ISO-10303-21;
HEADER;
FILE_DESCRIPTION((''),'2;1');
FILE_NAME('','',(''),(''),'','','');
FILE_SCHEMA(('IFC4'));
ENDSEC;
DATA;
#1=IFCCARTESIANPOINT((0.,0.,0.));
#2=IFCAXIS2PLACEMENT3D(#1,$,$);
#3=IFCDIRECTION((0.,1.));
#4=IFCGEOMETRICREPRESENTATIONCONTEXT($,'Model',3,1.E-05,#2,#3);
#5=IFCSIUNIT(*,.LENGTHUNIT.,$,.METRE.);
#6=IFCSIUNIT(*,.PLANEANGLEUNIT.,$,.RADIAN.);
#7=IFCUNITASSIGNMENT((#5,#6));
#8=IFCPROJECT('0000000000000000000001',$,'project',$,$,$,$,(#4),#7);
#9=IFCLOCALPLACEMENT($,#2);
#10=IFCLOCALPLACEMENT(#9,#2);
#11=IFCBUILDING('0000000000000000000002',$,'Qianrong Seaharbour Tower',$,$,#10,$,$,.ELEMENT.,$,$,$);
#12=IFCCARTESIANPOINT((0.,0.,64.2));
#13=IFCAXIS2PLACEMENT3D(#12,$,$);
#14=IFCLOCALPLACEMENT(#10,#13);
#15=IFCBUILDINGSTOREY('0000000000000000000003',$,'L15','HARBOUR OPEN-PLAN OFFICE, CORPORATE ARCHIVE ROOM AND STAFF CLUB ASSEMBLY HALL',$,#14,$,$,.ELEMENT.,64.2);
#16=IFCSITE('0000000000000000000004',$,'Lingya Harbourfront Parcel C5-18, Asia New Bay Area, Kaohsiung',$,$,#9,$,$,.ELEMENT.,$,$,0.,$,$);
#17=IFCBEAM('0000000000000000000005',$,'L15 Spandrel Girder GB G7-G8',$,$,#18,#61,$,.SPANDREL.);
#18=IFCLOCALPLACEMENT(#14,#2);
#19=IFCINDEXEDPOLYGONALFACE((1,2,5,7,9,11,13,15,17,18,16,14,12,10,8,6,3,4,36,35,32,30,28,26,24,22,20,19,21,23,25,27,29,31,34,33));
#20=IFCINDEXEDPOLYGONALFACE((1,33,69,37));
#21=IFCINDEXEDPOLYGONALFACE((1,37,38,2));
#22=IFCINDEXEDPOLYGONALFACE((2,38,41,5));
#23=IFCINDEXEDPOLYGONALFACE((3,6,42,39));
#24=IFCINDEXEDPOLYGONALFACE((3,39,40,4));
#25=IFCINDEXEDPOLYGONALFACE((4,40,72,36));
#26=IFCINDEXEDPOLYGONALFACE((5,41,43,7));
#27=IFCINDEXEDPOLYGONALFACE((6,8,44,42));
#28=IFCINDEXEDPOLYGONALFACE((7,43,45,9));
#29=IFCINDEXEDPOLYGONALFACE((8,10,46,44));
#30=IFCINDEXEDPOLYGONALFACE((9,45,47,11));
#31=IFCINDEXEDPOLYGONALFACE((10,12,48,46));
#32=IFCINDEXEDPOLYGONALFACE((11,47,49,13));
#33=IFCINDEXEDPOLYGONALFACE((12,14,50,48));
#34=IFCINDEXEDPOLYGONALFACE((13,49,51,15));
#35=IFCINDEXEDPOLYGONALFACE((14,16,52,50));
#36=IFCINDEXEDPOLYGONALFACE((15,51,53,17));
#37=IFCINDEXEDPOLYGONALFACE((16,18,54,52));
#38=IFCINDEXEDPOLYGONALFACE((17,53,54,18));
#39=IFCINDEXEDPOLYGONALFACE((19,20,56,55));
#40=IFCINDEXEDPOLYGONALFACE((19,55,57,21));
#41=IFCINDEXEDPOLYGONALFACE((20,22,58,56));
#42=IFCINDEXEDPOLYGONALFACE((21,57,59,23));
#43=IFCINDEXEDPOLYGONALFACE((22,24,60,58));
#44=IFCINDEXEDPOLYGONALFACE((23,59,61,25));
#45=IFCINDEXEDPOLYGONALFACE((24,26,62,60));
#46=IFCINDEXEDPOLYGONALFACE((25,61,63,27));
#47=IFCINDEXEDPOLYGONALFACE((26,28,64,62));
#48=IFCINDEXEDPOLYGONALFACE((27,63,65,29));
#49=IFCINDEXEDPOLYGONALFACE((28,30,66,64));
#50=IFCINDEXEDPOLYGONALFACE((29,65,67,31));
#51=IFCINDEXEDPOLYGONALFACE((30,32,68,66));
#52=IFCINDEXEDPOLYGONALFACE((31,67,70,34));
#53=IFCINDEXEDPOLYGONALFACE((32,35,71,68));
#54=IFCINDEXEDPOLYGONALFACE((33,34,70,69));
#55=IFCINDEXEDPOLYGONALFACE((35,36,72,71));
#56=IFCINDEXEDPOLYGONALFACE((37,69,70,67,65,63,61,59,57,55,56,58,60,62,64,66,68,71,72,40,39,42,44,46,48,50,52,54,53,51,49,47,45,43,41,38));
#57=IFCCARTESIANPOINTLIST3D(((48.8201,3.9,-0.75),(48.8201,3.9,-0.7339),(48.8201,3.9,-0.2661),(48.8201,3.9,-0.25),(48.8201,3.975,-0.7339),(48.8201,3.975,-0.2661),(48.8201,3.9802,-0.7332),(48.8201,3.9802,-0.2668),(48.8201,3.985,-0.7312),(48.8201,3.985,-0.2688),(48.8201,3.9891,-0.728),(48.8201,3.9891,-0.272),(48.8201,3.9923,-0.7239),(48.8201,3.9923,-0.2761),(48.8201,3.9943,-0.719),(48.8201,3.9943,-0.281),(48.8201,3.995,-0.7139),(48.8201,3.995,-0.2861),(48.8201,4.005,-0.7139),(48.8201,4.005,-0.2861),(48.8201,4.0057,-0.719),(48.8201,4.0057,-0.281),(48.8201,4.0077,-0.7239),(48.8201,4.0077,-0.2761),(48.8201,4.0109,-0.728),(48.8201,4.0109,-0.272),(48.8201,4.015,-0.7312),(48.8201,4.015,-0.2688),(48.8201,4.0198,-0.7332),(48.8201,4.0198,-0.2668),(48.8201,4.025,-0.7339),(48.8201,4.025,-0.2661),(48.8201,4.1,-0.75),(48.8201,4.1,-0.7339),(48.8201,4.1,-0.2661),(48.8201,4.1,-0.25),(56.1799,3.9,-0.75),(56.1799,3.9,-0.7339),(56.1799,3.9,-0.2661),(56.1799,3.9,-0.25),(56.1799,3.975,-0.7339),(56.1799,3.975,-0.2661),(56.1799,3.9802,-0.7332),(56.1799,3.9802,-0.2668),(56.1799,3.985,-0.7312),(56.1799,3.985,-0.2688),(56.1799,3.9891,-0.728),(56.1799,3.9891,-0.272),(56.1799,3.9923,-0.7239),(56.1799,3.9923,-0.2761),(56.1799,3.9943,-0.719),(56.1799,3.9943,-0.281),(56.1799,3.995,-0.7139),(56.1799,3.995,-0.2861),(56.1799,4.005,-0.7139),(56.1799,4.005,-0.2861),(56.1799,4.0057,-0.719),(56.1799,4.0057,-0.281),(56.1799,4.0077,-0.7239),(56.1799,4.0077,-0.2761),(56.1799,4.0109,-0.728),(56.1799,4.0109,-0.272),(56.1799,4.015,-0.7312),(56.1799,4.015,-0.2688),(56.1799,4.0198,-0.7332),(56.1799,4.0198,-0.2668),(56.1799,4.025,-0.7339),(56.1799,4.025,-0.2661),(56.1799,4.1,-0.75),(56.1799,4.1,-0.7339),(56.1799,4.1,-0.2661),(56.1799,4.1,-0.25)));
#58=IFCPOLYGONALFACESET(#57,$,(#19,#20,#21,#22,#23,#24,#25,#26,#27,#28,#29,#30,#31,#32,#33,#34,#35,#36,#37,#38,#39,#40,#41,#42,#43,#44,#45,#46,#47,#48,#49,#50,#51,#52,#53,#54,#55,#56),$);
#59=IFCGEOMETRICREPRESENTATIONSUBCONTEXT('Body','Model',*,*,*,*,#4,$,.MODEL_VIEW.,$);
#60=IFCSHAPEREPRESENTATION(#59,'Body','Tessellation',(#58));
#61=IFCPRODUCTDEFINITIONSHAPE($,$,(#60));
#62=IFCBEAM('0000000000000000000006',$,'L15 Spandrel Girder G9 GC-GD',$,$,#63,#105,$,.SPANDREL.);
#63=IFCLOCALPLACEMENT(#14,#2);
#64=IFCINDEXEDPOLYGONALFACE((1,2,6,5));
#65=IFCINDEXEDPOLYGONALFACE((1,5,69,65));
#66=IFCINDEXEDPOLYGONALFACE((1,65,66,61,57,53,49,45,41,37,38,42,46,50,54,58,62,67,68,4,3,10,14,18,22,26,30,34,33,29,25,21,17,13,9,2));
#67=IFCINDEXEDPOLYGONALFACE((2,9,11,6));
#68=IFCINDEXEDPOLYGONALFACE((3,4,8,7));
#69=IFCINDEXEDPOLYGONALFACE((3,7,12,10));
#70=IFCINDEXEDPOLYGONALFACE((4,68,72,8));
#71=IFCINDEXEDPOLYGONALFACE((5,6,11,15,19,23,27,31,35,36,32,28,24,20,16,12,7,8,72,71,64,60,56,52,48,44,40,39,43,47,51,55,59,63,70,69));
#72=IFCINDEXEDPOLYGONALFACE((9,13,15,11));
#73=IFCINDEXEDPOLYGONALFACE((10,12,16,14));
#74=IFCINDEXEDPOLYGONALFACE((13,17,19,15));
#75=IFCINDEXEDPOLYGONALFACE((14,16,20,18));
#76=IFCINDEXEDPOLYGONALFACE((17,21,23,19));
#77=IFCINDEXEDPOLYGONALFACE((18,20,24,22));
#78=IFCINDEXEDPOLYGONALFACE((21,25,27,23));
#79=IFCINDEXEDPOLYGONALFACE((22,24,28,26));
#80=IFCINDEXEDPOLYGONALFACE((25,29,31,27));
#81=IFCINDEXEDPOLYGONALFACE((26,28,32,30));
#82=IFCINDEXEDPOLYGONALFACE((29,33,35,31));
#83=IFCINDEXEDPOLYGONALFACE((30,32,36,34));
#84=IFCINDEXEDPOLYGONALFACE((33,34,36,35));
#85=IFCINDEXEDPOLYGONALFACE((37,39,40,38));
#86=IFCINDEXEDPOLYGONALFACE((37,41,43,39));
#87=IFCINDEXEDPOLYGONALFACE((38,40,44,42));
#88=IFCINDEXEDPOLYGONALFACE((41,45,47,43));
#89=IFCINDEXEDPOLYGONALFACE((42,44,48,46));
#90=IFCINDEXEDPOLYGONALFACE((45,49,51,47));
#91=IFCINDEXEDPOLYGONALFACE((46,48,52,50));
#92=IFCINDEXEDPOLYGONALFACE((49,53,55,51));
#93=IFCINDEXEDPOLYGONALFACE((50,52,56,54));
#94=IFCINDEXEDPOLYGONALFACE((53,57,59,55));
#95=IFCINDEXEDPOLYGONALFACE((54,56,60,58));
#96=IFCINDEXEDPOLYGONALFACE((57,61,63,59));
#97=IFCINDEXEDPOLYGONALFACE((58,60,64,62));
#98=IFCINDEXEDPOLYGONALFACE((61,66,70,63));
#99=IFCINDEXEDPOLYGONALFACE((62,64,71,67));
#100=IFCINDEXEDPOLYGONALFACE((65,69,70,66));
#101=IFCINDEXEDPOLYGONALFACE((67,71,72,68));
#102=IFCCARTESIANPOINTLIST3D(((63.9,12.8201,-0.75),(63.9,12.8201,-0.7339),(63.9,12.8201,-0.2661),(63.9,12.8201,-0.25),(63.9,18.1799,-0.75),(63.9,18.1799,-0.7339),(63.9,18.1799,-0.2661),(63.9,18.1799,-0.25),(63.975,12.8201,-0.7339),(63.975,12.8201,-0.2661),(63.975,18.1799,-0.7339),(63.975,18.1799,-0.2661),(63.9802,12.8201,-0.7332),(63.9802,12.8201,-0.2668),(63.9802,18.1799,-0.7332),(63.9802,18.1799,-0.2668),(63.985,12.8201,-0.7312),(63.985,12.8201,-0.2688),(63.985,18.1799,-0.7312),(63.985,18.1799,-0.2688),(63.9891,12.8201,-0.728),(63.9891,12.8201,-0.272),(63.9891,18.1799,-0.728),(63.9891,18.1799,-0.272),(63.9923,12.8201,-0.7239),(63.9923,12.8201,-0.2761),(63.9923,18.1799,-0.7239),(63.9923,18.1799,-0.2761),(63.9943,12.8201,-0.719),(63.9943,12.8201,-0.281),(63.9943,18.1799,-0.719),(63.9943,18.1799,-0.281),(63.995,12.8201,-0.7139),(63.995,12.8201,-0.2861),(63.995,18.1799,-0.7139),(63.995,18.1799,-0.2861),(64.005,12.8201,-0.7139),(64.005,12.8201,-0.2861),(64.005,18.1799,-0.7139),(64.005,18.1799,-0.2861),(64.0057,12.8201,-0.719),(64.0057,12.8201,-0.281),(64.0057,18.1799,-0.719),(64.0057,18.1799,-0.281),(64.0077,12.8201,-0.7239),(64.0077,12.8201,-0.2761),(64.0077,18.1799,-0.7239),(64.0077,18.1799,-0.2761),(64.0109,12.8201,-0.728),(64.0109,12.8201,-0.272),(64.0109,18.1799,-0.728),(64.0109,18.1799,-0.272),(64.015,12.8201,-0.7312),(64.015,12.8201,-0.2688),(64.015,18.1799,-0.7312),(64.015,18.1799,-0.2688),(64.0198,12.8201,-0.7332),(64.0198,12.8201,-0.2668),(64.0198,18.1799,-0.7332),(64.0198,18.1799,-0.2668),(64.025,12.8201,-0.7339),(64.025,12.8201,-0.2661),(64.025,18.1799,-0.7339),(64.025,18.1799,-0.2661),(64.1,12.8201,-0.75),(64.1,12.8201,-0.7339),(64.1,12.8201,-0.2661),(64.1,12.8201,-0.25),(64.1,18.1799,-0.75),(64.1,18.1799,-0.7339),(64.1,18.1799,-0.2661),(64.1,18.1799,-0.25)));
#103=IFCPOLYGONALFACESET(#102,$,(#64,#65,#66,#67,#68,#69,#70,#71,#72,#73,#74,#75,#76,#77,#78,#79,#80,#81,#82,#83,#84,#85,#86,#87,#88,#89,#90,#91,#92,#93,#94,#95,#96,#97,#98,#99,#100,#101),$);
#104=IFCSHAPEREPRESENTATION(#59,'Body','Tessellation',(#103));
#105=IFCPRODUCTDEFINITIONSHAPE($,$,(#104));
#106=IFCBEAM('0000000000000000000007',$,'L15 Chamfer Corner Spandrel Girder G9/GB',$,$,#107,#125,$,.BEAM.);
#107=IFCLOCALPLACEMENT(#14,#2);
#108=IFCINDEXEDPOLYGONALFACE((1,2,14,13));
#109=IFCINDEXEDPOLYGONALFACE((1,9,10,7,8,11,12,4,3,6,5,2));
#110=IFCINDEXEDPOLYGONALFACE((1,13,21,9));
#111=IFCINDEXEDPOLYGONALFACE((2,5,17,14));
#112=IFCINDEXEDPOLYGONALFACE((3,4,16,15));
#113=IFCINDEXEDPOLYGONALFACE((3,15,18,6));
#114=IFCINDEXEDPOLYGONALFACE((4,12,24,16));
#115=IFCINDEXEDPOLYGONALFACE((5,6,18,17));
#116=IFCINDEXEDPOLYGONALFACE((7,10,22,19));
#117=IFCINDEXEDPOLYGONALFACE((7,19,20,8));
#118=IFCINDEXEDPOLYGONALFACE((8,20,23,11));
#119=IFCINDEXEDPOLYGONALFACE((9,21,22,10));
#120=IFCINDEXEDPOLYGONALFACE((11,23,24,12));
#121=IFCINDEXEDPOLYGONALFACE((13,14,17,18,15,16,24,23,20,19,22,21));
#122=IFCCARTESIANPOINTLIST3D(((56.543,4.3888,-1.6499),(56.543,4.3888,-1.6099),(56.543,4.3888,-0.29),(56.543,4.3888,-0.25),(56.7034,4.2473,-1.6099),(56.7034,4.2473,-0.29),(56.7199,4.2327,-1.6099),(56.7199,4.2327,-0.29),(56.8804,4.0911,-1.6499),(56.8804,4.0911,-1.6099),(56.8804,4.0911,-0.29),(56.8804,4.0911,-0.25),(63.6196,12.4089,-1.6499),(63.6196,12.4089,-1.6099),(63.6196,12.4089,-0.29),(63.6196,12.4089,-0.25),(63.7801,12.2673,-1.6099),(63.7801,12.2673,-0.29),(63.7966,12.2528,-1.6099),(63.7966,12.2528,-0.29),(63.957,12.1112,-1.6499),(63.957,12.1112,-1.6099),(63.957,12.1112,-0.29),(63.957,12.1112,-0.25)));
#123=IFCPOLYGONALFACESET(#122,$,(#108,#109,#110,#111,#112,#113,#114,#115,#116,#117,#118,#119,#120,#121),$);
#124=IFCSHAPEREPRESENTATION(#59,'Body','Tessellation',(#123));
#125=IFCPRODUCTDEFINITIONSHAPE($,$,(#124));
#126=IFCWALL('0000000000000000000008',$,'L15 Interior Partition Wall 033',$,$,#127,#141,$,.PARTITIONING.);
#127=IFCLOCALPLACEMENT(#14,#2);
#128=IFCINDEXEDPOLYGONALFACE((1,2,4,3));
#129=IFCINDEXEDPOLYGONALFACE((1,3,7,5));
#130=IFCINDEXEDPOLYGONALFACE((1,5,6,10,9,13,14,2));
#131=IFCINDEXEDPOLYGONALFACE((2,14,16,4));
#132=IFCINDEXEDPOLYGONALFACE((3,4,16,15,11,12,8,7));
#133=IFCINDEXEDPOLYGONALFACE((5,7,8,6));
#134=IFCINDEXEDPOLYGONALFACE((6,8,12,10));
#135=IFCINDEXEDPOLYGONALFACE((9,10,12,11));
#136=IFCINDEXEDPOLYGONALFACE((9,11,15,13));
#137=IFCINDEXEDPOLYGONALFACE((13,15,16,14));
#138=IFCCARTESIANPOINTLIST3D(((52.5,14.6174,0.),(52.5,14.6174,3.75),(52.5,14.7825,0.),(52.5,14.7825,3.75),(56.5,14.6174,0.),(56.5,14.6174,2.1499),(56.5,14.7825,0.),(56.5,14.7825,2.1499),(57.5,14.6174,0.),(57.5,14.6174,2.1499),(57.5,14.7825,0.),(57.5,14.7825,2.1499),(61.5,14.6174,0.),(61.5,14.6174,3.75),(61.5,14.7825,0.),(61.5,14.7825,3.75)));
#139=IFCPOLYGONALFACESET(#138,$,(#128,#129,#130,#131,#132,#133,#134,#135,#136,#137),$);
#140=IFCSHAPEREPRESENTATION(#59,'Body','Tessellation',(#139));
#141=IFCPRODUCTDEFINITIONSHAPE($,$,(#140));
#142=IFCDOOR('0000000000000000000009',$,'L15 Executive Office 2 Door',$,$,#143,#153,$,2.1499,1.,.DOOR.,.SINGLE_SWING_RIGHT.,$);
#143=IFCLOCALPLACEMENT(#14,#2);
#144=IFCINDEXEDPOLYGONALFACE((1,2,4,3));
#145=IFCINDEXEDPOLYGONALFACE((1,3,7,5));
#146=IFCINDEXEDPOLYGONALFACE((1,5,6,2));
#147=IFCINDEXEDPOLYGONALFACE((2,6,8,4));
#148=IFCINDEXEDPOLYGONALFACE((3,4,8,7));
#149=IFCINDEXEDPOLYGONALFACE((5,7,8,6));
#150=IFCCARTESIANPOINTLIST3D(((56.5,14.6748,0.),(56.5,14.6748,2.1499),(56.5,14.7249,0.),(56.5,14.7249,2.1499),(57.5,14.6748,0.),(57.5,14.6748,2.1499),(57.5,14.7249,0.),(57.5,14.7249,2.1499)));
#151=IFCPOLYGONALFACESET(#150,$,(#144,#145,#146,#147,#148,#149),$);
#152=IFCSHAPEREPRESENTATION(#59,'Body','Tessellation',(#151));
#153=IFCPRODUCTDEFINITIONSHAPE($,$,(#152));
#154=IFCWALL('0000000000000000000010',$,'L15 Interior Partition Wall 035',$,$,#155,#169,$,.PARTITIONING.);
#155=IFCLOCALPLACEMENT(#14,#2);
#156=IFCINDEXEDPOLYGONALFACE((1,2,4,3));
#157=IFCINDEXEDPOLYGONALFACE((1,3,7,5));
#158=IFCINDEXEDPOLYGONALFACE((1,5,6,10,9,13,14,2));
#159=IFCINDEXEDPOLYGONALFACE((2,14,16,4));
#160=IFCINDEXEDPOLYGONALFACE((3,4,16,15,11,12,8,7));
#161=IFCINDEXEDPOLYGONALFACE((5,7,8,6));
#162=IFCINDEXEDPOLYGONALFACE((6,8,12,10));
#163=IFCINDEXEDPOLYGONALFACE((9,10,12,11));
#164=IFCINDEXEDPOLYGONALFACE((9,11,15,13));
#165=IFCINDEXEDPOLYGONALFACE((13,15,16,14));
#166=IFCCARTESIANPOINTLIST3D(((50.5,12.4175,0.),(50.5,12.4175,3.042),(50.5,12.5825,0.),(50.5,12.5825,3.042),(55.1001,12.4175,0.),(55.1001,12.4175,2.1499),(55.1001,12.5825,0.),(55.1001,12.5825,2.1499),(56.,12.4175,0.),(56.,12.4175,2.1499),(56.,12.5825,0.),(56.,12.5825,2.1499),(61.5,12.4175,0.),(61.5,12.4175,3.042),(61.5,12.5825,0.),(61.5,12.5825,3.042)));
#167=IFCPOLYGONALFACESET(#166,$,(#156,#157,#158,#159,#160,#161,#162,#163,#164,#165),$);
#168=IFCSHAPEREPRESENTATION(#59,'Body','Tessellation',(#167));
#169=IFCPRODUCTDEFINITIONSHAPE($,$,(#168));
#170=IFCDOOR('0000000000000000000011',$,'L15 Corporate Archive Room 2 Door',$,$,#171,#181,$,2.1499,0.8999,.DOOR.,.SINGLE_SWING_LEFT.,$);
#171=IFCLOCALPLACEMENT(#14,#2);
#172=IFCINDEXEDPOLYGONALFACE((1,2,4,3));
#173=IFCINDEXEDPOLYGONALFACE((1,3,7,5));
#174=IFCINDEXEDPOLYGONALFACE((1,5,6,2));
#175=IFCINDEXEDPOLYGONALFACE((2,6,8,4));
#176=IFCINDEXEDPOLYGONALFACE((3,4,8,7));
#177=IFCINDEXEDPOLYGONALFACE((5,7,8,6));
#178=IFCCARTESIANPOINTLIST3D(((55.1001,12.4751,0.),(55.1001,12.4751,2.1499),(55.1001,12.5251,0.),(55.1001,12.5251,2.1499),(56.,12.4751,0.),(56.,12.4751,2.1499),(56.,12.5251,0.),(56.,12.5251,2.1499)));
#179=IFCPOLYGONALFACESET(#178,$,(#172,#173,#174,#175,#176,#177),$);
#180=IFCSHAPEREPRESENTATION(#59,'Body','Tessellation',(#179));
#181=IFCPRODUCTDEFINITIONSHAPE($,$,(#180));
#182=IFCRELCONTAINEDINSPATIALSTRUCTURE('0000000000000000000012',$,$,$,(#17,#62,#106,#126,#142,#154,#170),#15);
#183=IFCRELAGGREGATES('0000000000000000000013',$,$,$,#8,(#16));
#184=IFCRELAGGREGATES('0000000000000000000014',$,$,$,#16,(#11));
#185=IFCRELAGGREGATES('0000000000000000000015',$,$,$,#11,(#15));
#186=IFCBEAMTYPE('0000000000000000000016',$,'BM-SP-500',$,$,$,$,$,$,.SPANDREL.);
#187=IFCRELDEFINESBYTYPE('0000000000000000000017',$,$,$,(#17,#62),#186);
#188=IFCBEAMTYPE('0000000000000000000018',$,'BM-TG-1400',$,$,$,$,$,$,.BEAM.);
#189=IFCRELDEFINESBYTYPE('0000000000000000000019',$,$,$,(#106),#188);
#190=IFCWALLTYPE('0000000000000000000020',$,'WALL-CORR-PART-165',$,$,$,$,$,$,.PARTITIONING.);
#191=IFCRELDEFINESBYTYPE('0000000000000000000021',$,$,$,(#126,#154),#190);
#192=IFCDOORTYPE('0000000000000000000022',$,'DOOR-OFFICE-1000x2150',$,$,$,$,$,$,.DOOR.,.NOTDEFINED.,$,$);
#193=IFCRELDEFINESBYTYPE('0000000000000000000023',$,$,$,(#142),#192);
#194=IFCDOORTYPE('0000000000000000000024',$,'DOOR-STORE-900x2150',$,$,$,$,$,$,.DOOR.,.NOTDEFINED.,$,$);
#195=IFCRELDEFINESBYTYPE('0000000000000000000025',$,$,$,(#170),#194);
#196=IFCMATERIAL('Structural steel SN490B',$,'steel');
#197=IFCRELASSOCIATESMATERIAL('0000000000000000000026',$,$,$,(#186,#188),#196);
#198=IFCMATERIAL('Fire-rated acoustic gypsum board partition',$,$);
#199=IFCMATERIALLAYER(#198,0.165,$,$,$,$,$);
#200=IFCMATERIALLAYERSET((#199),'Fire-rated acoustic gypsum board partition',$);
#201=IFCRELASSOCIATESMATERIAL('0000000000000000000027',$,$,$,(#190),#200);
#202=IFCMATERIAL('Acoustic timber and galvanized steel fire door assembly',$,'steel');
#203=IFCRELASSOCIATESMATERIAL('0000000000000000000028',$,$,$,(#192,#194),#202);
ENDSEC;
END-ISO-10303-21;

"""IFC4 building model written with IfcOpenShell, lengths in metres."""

from ifc_helpers import new_model, si_unit, direction, frame, frame_2d, origin, origin_2d, place, context, subcontext, project, spatial, rectangle, i_section, extrude, material, layer, layer_set, material_profile, profile_set, type_object, element, fill, save


model = new_model("IFC4")

# Units and contexts
model_context = context("Model", 3, precision=1e-05, world=origin(), true_north=direction((0.0, 1.0)))
body_context = subcontext(model_context, "Body", "Model", "MODEL_VIEW")
ifc_project = project(units=[si_unit("LENGTHUNIT", "METRE"), si_unit("PLANEANGLEUNIT", "RADIAN")], contexts=[model_context])

# Site, building, storey
site_placement = place(None, origin())
site = spatial("IfcSite", under=ifc_project, at=site_placement, Name="Lingya Harbourfront Parcel C5-18, Asia New Bay Area, Kaohsiung", CompositionType="ELEMENT", RefElevation=0.0)
building_placement = place(site_placement, origin())
building = spatial("IfcBuilding", under=site, at=building_placement, Name="Qianrong Seaharbour Tower", CompositionType="ELEMENT")
storey_placement = place(building_placement, frame((0.0, 0.0, 64.2)))
storey = spatial("IfcBuildingStorey", under=building, at=storey_placement, Name="L15", Description="HARBOUR OPEN-PLAN OFFICE, CORPORATE ARCHIVE ROOM AND STAFF CLUB ASSEMBLY HALL", CompositionType="ELEMENT", Elevation=64.2)

# Shared definitions
ifc_material_1 = material(Name="Structural steel SN490B", Category="steel")

# Beams
ifc_material_profile_1 = material_profile(ifc_material_1, i_section(OverallWidth=0.2, OverallDepth=0.5, WebThickness=0.01, FlangeThickness=0.0161, FilletRadius=0.02, at=origin_2d()), Name="H500x200x10x16")
ifc_profile_set_1 = profile_set([ifc_material_profile_1], Name="Structural steel SN490B")
beam_type_1 = type_object("IfcBeamType", Name="BM-SP-500", PredefinedType="SPANDREL", material=ifc_profile_set_1)
beam_1_placement = place(storey_placement, frame((48.8201, 4.0, -0.5), z_axis=(1.0, 0.0, 0.0), x_axis=(0.0, 1.0, 0.0)))
element("IfcBeam", 1, at=beam_1_placement, inside=storey, type_object=beam_type_1, Name="L15 Spandrel Girder GB G7-G8", PredefinedType="SPANDREL", context=body_context, shape_type="SweptSolid", body=[
    extrude(i_section(OverallWidth=0.2, OverallDepth=0.5, WebThickness=0.01, FlangeThickness=0.0161, FilletRadius=0.02, at=origin_2d()), origin(), (0.0, 0.0, 1.0), 7.3599),
])
beam_2_placement = place(storey_placement, frame((64.0, 12.8201, -0.5), z_axis=(0.0, 1.0, 0.0), x_axis=(-1.0, 0.0, 0.0)))
element("IfcBeam", 2, at=beam_2_placement, inside=storey, type_object=beam_type_1, Name="L15 Spandrel Girder G9 GC-GD", PredefinedType="SPANDREL", context=body_context, shape_type="SweptSolid", body=[
    extrude(i_section(OverallWidth=0.2, OverallDepth=0.5, WebThickness=0.01, FlangeThickness=0.0161, FilletRadius=0.02, at=origin_2d()), origin(), (0.0, 0.0, 1.0), 5.3599),
])
ifc_material_profile_2 = material_profile(ifc_material_1, i_section(OverallWidth=0.45, OverallDepth=1.3999, WebThickness=0.022, FlangeThickness=0.04, at=origin_2d()), Name="BH1400x450x22x40")
ifc_profile_set_2 = profile_set([ifc_material_profile_2], Name="Structural steel SN490B")
beam_type_2 = type_object("IfcBeamType", Name="BM-TG-1400", PredefinedType="BEAM", material=ifc_profile_set_2)
beam_3_placement = place(storey_placement, frame((56.7117, 4.24, -0.95), z_axis=(0.661631, 0.74983, 0.0), x_axis=(-0.74983, 0.661631, 0.0)))
element("IfcBeam", 3, at=beam_3_placement, inside=storey, type_object=beam_type_2, Name="L15 Chamfer Corner Spandrel Girder G9/GB", PredefinedType="BEAM", context=body_context, shape_type="SweptSolid", body=[
    extrude(i_section(OverallWidth=0.45, OverallDepth=1.3999, WebThickness=0.022, FlangeThickness=0.04, at=origin_2d()), origin(), (0.0, 0.0, 1.0), 10.6958),
])

# Walls, openings, doors
ifc_material_2 = material(Name="Fire-rated acoustic gypsum board partition")
ifc_layer_1 = layer(ifc_material_2, 0.165)
ifc_layer_set_1 = layer_set([ifc_layer_1], Name="Fire-rated acoustic gypsum board partition")
wall_type_1 = type_object("IfcWallType", Name="WALL-CORR-PART-165", PredefinedType="PARTITIONING", material=ifc_layer_set_1)
wall_1_placement = place(storey_placement, frame((52.5, 14.7, 0.0), z_axis=(0.0, 0.0, 1.0), x_axis=(1.0, 0.0, 0.0)))
wall_1 = element("IfcWall", 4, at=wall_1_placement, inside=storey, type_object=wall_type_1, Name="L15 Interior Partition Wall 033", PredefinedType="PARTITIONING", context=body_context, shape_type="SweptSolid", body=[
    extrude(rectangle(XDim=9.0, YDim=0.165, at=frame_2d((4.5, 0.0))), origin(), (0.0, 0.0, 1.0), 3.75),
])
opening_1_placement = place(wall_1_placement, frame((4.0, 0.0, 0.0)))
opening_1 = element("IfcOpeningElement", 5, at=opening_1_placement, cuts=wall_1, PredefinedType="OPENING", context=body_context, shape_type="SweptSolid", body=[
    extrude(rectangle(XDim=1.0, YDim=2.1499, at=frame_2d((0.5, 1.075))), frame((0.0, 0.0925, 0.0), z_axis=(0.0, -1.0, 0.0), x_axis=(1.0, 0.0, 0.0)), (0.0, 0.0, 1.0), 0.1851),
])
ifc_material_3 = material(Name="Acoustic timber and galvanized steel fire door assembly", Category="steel")
door_type_1 = type_object("IfcDoorType", Name="DOOR-OFFICE-1000x2150", OperationType="NOTDEFINED", PredefinedType="DOOR", material=ifc_material_3)
door_1_placement = place(opening_1_placement, origin())
door_1 = element("IfcDoor", 6, at=door_1_placement, inside=storey, type_object=door_type_1, Name="L15 Executive Office 2 Door", OperationType="SINGLE_SWING_RIGHT", OverallHeight=2.1499, OverallWidth=1.0, PredefinedType="DOOR", context=body_context, shape_type="SweptSolid", body=[
    extrude(rectangle(XDim=1.0, YDim=2.1499, at=frame_2d((0.5, 1.075))), frame((0.0, 0.0249, 0.0), z_axis=(0.0, -1.0, 0.0), x_axis=(1.0, 0.0, 0.0)), (0.0, 0.0, 1.0), 0.05),
])
fill(opening_1, door_1)
wall_2_placement = place(storey_placement, frame((61.5, 12.5, 0.0), z_axis=(0.0, 0.0, 1.0), x_axis=(-1.0, 0.0, 0.0)))
wall_2 = element("IfcWall", 7, at=wall_2_placement, inside=storey, type_object=wall_type_1, Name="L15 Interior Partition Wall 035", PredefinedType="PARTITIONING", context=body_context, shape_type="SweptSolid", body=[
    extrude(rectangle(XDim=11.0, YDim=0.165, at=frame_2d((5.5, 0.0))), origin(), (0.0, 0.0, 1.0), 3.042),
])
opening_2_placement = place(wall_2_placement, frame((5.5, 0.0, 0.0)))
opening_2 = element("IfcOpeningElement", 8, at=opening_2_placement, cuts=wall_2, PredefinedType="OPENING", context=body_context, shape_type="SweptSolid", body=[
    extrude(rectangle(XDim=0.8999, YDim=2.1499, at=frame_2d((0.45, 1.075))), frame((0.0, 0.0925, 0.0), z_axis=(0.0, -1.0, 0.0), x_axis=(1.0, 0.0, 0.0)), (0.0, 0.0, 1.0), 0.1851),
])
door_type_2 = type_object("IfcDoorType", Name="DOOR-STORE-900x2150", OperationType="NOTDEFINED", PredefinedType="DOOR", material=ifc_material_3)
door_2_placement = place(opening_2_placement, origin())
door_2 = element("IfcDoor", 9, at=door_2_placement, inside=storey, type_object=door_type_2, Name="L15 Corporate Archive Room 2 Door", OperationType="SINGLE_SWING_LEFT", OverallHeight=2.1499, OverallWidth=0.8999, PredefinedType="DOOR", context=body_context, shape_type="SweptSolid", body=[
    extrude(rectangle(XDim=0.8999, YDim=2.1499, at=frame_2d((0.45, 1.075))), frame((0.0, 0.0249, 0.0), z_axis=(0.0, -1.0, 0.0), x_axis=(1.0, 0.0, 0.0)), (0.0, 0.0, 1.0), 0.05),
])
fill(opening_2, door_2)

save(model, "model.ifc")
